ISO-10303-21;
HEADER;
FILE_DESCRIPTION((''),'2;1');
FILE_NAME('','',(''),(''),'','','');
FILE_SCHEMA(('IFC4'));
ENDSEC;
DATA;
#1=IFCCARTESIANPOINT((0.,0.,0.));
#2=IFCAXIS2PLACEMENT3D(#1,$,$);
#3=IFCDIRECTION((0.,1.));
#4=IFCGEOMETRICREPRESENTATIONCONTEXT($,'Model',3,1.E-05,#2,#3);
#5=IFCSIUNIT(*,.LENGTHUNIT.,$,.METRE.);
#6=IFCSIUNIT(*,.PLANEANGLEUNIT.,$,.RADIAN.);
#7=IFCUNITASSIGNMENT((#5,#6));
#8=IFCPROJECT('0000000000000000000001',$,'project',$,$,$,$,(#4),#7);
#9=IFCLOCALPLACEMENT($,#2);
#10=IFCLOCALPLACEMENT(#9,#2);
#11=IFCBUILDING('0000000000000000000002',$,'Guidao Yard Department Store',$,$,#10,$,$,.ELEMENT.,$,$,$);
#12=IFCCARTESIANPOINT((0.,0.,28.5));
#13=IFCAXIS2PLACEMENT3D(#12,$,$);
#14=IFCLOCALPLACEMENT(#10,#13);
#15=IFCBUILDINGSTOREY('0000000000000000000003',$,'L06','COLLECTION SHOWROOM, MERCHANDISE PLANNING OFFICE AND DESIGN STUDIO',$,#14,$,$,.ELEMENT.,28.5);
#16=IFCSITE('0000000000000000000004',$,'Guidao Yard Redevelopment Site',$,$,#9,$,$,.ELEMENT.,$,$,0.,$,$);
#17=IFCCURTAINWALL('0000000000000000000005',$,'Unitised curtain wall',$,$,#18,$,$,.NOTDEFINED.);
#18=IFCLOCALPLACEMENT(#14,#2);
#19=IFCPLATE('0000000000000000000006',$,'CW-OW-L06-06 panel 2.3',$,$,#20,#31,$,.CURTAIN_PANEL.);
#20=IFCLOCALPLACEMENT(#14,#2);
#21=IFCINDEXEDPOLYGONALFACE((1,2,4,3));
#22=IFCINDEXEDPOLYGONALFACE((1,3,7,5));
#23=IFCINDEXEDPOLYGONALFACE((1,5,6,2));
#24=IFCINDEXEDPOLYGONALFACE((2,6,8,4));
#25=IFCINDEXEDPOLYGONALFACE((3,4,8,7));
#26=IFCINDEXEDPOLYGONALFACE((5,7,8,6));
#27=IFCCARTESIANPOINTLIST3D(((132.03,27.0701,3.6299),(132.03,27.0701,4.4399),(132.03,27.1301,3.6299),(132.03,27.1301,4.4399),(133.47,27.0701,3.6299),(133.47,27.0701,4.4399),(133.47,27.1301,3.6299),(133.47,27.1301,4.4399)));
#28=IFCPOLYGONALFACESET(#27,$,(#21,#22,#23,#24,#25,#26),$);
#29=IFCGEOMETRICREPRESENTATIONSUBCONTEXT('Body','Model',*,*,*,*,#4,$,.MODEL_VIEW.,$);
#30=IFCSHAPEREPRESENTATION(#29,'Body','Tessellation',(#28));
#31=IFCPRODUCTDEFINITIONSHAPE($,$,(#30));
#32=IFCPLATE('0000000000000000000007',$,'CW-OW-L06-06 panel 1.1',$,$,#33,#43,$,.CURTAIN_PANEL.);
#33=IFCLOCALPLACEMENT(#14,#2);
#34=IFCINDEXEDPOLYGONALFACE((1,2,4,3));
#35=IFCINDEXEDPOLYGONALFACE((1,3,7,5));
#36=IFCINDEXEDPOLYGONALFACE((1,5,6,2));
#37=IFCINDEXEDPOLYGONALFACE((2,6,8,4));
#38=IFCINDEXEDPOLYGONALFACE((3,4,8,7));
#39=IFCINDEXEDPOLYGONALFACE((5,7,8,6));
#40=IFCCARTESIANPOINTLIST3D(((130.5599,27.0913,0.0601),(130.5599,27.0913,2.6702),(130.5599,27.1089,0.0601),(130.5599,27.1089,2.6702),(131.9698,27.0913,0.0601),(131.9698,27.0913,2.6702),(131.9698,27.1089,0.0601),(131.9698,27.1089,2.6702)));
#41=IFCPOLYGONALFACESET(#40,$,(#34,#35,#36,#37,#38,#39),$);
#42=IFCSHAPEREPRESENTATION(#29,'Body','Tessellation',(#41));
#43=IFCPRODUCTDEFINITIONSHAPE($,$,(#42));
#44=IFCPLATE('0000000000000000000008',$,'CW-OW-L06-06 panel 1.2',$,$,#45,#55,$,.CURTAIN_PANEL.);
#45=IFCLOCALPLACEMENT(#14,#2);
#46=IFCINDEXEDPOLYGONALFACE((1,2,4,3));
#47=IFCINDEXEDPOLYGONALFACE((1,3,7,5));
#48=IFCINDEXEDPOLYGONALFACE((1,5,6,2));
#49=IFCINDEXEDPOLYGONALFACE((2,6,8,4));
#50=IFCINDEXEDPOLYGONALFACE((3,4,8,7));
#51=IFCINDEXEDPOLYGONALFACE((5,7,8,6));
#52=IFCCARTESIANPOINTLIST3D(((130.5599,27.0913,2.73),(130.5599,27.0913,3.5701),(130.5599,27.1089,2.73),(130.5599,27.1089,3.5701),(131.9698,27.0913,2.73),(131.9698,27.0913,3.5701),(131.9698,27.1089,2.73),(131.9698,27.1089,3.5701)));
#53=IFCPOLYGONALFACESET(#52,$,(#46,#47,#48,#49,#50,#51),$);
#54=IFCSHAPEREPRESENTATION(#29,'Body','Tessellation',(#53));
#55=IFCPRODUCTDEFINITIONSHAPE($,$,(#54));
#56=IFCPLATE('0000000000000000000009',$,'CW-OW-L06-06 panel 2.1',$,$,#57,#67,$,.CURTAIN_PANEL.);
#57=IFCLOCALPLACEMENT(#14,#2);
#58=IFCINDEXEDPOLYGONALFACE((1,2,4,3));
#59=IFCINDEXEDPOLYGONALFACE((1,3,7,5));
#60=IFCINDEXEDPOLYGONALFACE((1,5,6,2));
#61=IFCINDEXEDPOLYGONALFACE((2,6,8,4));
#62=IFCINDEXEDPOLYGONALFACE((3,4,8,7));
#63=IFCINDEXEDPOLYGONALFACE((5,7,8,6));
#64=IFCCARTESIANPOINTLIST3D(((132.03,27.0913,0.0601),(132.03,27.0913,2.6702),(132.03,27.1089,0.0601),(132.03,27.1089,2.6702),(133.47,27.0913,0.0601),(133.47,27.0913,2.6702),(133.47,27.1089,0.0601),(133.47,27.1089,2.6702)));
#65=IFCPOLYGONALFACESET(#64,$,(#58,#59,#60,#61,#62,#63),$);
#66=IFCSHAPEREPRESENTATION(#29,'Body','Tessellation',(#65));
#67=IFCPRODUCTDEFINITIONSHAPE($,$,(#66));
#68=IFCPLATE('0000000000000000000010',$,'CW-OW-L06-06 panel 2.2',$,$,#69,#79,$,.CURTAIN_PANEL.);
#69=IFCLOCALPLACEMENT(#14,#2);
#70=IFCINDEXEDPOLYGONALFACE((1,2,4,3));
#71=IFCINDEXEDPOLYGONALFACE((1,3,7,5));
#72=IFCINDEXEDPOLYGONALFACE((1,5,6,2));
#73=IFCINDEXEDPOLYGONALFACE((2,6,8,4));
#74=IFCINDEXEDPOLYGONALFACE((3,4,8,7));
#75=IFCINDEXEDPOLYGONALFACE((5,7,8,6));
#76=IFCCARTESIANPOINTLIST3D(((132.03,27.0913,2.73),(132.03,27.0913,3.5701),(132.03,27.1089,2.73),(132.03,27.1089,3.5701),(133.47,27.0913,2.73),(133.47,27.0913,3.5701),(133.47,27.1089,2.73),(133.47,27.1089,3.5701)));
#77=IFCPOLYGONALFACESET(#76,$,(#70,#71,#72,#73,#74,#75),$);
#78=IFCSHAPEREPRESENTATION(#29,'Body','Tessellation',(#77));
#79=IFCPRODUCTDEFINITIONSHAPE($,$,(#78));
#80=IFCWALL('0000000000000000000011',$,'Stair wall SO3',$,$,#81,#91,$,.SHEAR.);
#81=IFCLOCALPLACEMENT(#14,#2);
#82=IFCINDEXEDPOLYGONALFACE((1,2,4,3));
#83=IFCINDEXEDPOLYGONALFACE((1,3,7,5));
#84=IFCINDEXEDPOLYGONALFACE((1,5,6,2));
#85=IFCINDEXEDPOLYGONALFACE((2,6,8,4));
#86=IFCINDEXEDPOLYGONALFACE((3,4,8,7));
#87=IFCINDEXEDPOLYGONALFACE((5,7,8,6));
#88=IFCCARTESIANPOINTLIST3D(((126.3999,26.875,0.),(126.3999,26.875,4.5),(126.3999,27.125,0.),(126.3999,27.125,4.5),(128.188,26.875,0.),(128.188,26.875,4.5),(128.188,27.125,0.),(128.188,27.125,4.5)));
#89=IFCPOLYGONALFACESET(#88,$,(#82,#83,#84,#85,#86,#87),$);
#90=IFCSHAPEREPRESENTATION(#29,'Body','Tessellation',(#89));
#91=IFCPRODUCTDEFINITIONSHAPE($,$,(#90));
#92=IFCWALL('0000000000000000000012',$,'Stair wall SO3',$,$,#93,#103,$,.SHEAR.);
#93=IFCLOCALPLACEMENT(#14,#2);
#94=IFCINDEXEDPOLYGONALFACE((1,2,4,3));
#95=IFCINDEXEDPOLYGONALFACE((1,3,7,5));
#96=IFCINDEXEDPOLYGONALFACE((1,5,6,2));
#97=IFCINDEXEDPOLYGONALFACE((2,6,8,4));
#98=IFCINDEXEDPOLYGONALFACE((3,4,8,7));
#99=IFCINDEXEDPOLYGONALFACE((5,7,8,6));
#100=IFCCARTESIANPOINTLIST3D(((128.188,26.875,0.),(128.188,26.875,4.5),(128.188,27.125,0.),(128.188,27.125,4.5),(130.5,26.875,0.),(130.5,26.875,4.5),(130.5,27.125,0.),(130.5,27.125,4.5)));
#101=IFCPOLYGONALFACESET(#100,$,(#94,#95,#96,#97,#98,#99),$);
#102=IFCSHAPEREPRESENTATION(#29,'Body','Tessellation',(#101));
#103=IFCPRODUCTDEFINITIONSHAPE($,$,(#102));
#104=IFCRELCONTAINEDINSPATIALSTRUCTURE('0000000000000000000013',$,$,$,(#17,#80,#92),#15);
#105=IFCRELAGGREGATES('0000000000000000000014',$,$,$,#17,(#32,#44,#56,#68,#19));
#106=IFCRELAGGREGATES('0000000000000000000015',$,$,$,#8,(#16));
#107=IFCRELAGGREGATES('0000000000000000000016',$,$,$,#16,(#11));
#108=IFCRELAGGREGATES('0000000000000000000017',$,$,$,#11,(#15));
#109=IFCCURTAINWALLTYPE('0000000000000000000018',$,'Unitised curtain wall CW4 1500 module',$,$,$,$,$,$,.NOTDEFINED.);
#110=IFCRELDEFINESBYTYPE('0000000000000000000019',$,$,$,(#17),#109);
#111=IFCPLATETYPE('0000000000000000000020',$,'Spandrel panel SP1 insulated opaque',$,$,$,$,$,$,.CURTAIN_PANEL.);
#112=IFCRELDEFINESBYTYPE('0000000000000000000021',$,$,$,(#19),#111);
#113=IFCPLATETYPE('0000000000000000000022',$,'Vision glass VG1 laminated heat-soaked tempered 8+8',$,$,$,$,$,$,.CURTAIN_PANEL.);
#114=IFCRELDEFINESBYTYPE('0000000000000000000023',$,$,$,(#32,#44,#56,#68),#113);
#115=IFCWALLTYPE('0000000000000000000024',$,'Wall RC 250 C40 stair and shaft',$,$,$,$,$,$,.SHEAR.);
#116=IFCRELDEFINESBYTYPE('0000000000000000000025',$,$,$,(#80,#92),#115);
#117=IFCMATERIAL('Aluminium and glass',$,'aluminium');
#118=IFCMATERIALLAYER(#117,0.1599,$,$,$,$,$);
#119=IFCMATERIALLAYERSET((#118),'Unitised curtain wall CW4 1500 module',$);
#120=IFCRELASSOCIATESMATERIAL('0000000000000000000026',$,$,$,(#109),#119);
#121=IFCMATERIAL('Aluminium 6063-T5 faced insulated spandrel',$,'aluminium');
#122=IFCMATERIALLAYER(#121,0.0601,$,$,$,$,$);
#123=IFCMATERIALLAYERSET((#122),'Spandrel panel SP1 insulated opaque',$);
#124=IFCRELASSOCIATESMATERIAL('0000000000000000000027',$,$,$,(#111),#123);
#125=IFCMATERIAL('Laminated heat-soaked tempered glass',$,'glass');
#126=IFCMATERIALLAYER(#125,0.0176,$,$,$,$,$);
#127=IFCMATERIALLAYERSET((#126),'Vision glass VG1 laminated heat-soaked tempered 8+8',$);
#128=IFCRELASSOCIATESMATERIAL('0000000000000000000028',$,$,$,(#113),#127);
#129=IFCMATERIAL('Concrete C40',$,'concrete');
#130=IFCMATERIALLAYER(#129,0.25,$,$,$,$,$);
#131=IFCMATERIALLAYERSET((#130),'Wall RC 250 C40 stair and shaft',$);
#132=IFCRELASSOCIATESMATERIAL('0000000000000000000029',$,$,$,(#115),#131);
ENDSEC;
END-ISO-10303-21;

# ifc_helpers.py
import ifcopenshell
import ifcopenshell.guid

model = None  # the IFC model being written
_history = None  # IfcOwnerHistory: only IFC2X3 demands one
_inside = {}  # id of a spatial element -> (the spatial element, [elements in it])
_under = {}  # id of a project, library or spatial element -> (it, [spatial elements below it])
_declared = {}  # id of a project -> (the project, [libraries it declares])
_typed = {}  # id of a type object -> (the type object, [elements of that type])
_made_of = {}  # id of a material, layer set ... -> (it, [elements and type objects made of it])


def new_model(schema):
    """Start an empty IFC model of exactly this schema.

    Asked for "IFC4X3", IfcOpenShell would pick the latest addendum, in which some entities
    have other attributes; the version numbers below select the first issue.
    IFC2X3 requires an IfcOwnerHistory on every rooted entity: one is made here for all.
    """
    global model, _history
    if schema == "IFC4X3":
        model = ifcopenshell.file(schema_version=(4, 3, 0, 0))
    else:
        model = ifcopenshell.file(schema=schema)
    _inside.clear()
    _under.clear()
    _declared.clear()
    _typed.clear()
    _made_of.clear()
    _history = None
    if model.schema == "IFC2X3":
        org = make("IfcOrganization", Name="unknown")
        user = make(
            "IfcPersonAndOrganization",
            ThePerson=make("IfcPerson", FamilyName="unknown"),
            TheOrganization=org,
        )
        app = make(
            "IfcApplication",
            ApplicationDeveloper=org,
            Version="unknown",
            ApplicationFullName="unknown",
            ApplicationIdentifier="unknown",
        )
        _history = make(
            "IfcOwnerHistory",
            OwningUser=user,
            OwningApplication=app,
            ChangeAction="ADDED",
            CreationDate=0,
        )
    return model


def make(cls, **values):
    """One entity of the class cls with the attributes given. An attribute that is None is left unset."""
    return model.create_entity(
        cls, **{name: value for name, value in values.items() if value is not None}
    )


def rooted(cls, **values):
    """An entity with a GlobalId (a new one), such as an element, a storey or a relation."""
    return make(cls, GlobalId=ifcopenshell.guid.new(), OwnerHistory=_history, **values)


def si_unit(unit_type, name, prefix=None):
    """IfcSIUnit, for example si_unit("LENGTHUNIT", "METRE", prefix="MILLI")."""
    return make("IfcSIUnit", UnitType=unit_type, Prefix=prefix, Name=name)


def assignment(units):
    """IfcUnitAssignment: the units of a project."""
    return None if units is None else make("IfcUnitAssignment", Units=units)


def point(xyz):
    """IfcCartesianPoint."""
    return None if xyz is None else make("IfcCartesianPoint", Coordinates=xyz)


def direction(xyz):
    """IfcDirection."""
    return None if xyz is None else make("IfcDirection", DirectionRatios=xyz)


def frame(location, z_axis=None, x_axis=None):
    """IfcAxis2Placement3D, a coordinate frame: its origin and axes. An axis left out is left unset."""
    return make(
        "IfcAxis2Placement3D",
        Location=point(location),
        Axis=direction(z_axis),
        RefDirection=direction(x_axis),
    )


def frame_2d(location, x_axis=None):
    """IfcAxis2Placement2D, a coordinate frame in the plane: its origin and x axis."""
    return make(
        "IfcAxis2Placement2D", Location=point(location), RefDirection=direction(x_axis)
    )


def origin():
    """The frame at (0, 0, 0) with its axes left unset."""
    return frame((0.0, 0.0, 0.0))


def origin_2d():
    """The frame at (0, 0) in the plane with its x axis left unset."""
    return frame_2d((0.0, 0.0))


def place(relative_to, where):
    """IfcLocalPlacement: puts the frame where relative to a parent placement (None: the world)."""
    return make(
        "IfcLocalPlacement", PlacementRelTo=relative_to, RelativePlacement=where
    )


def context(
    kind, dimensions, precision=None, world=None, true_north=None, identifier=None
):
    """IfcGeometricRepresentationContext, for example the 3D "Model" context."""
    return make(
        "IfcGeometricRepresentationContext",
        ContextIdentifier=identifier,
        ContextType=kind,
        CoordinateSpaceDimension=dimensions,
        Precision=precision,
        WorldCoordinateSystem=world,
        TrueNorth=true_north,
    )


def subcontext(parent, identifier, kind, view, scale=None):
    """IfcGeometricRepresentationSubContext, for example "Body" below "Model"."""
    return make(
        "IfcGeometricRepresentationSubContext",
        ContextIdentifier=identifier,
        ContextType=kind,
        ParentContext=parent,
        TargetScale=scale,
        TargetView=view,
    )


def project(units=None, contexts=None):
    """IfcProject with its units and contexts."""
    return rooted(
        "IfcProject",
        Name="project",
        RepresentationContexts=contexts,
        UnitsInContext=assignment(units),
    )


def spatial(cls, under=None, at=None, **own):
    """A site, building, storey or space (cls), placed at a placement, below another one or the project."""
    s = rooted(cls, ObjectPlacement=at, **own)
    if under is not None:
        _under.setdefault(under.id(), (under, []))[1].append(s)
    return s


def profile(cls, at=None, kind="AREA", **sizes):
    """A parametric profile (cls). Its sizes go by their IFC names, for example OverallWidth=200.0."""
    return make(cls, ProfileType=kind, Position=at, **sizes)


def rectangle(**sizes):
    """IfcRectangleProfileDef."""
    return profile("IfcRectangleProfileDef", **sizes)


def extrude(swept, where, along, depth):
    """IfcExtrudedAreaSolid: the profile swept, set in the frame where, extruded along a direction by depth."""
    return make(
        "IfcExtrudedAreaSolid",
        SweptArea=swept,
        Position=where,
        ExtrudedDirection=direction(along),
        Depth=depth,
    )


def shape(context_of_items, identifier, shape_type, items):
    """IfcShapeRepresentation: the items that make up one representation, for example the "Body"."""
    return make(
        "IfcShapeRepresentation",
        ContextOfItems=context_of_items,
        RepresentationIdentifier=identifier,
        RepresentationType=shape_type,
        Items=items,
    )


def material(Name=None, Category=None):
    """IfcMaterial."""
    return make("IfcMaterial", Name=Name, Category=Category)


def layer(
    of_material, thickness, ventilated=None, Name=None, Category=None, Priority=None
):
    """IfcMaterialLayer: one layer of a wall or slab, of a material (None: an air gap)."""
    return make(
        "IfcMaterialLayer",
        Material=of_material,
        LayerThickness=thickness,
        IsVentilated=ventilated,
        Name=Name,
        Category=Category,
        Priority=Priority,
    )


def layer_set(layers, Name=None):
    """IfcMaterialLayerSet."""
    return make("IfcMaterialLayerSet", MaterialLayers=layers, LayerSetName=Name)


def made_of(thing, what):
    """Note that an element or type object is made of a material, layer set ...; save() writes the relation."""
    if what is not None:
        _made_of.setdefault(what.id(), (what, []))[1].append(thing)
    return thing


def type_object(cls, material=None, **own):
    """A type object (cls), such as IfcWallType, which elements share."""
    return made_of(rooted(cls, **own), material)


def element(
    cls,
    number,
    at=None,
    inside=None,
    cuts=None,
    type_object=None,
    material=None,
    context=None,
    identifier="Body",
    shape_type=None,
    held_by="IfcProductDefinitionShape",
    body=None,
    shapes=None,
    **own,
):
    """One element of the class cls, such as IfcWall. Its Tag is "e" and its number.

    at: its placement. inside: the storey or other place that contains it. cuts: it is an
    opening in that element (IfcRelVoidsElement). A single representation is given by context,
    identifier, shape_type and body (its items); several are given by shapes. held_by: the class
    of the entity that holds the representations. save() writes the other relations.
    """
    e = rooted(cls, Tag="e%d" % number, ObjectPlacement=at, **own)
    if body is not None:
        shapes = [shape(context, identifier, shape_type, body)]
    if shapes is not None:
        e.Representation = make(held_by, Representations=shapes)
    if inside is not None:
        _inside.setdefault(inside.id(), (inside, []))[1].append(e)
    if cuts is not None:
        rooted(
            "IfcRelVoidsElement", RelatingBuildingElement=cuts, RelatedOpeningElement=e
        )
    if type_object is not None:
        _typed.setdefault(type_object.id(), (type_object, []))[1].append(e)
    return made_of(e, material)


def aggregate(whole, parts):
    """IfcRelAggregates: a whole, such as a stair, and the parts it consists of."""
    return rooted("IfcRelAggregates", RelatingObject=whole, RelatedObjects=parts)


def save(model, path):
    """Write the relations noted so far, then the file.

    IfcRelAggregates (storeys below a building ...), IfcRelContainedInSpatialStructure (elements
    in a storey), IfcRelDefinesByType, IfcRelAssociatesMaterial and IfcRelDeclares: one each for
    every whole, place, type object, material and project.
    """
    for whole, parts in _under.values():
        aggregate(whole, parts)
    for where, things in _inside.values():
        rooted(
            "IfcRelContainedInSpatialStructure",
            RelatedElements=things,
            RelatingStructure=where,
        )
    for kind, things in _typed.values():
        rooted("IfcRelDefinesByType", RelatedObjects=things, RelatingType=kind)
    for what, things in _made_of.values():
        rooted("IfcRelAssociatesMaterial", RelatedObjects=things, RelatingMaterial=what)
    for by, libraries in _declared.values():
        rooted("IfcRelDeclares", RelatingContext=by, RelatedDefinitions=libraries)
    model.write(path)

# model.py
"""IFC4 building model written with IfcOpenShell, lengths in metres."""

from ifc_helpers import new_model, si_unit, direction, frame, frame_2d, origin, origin_2d, place, context, subcontext, project, spatial, rectangle, extrude, material, layer, layer_set, type_object, element, aggregate, save


model = new_model("IFC4")

# Units and contexts
model_context = context("Model", 3, precision=1e-05, world=origin(), true_north=direction((0.0, 1.0)))
body_context = subcontext(model_context, "Body", "Model", "MODEL_VIEW")
ifc_project = project(units=[si_unit("LENGTHUNIT", "METRE"), si_unit("PLANEANGLEUNIT", "RADIAN")], contexts=[model_context])

# Site, building, storey
site_placement = place(None, origin())
site = spatial("IfcSite", under=ifc_project, at=site_placement, Name="Guidao Yard Redevelopment Site", CompositionType="ELEMENT", RefElevation=0.0)
building_placement = place(site_placement, origin())
building = spatial("IfcBuilding", under=site, at=building_placement, Name="Guidao Yard Department Store", CompositionType="ELEMENT")
storey_placement = place(building_placement, frame((0.0, 0.0, 28.5)))
storey = spatial("IfcBuildingStorey", under=building, at=storey_placement, Name="L06", Description="COLLECTION SHOWROOM, MERCHANDISE PLANNING OFFICE AND DESIGN STUDIO", CompositionType="ELEMENT", Elevation=28.5)

# Curtain wall, plates
ifc_material_1 = material(Name="Aluminium and glass", Category="aluminium")
ifc_layer_1 = layer(ifc_material_1, 0.1599)
ifc_layer_set_1 = layer_set([ifc_layer_1], Name="Unitised curtain wall CW4 1500 module")
curtain_wall_type = type_object("IfcCurtainWallType", Name="Unitised curtain wall CW4 1500 module", PredefinedType="NOTDEFINED", material=ifc_layer_set_1)
curtain_wall_placement = place(storey_placement, origin())
curtain_wall = element("IfcCurtainWall", 1, at=curtain_wall_placement, inside=storey, type_object=curtain_wall_type, Name="Unitised curtain wall", PredefinedType="NOTDEFINED")
ifc_material_2 = material(Name="Aluminium 6063-T5 faced insulated spandrel", Category="aluminium")
ifc_layer_2 = layer(ifc_material_2, 0.0601)
ifc_layer_set_2 = layer_set([ifc_layer_2], Name="Spandrel panel SP1 insulated opaque")
plate_type_1 = type_object("IfcPlateType", Name="Spandrel panel SP1 insulated opaque", PredefinedType="CURTAIN_PANEL", material=ifc_layer_set_2)
plate_1_placement = place(storey_placement, frame((132.75, 27.1001, 3.6299), z_axis=(0.0, 0.0, 1.0), x_axis=(1.0, 0.0, 0.0)))
plate_1 = element("IfcPlate", 2, at=plate_1_placement, type_object=plate_type_1, Name="CW-OW-L06-06 panel 2.3", PredefinedType="CURTAIN_PANEL", context=body_context, shape_type="SweptSolid", body=[
    extrude(rectangle(XDim=1.4399, YDim=0.0601, at=origin_2d()), origin(), (0.0, 0.0, 1.0), 0.8101),
])
ifc_material_3 = material(Name="Laminated heat-soaked tempered glass", Category="glass")
ifc_layer_3 = layer(ifc_material_3, 0.0176)
ifc_layer_set_3 = layer_set([ifc_layer_3], Name="Vision glass VG1 laminated heat-soaked tempered 8+8")
plate_type_2 = type_object("IfcPlateType", Name="Vision glass VG1 laminated heat-soaked tempered 8+8", PredefinedType="CURTAIN_PANEL", material=ifc_layer_set_3)
plate_2_placement = place(storey_placement, frame((131.2649, 27.1001, 0.0601), z_axis=(0.0, 0.0, 1.0), x_axis=(1.0, 0.0, 0.0)))
plate_2 = element("IfcPlate", 3, at=plate_2_placement, type_object=plate_type_2, Name="CW-OW-L06-06 panel 1.1", PredefinedType="CURTAIN_PANEL", context=body_context, shape_type="SweptSolid", body=[
    extrude(rectangle(XDim=1.4099, YDim=0.0176, at=origin_2d()), origin(), (0.0, 0.0, 1.0), 2.6101),
])
plate_3_placement = place(storey_placement, frame((131.2649, 27.1001, 2.73), z_axis=(0.0, 0.0, 1.0), x_axis=(1.0, 0.0, 0.0)))
plate_3 = element("IfcPlate", 4, at=plate_3_placement, type_object=plate_type_2, Name="CW-OW-L06-06 panel 1.2", PredefinedType="CURTAIN_PANEL", context=body_context, shape_type="SweptSolid", body=[
    extrude(rectangle(XDim=1.4099, YDim=0.0176, at=origin_2d()), origin(), (0.0, 0.0, 1.0), 0.8401),
])
plate_4_placement = place(storey_placement, frame((132.75, 27.1001, 0.0601), z_axis=(0.0, 0.0, 1.0), x_axis=(1.0, 0.0, 0.0)))
plate_4 = element("IfcPlate", 5, at=plate_4_placement, type_object=plate_type_2, Name="CW-OW-L06-06 panel 2.1", PredefinedType="CURTAIN_PANEL", context=body_context, shape_type="SweptSolid", body=[
    extrude(rectangle(XDim=1.4399, YDim=0.0176, at=origin_2d()), origin(), (0.0, 0.0, 1.0), 2.6101),
])
plate_5_placement = place(storey_placement, frame((132.75, 27.1001, 2.73), z_axis=(0.0, 0.0, 1.0), x_axis=(1.0, 0.0, 0.0)))
plate_5 = element("IfcPlate", 6, at=plate_5_placement, type_object=plate_type_2, Name="CW-OW-L06-06 panel 2.2", PredefinedType="CURTAIN_PANEL", context=body_context, shape_type="SweptSolid", body=[
    extrude(rectangle(XDim=1.4399, YDim=0.0176, at=origin_2d()), origin(), (0.0, 0.0, 1.0), 0.8401),
])
aggregate(curtain_wall, [plate_2, plate_3, plate_4, plate_5, plate_1])

# Walls
ifc_material_4 = material(Name="Concrete C40", Category="concrete")
ifc_layer_4 = layer(ifc_material_4, 0.25)
ifc_layer_set_4 = layer_set([ifc_layer_4], Name="Wall RC 250 C40 stair and shaft")
wall_type = type_object("IfcWallType", Name="Wall RC 250 C40 stair and shaft", PredefinedType="SHEAR", material=ifc_layer_set_4)
wall_1_placement = place(storey_placement, frame((126.3999, 27.0, 0.0), z_axis=(0.0, 0.0, 1.0), x_axis=(1.0, 0.0, 0.0)))
element("IfcWall", 7, at=wall_1_placement, inside=storey, type_object=wall_type, Name="Stair wall SO3", PredefinedType="SHEAR", context=body_context, shape_type="SweptSolid", body=[
    extrude(rectangle(XDim=1.7881, YDim=0.25, at=frame_2d((0.894, 0.0))), origin(), (0.0, 0.0, 1.0), 4.5),
])
wall_2_placement = place(storey_placement, frame((128.188, 27.0, 0.0), z_axis=(0.0, 0.0, 1.0), x_axis=(1.0, 0.0, 0.0)))
element("IfcWall", 8, at=wall_2_placement, inside=storey, type_object=wall_type, Name="Stair wall SO3", PredefinedType="SHEAR", context=body_context, shape_type="SweptSolid", body=[
    extrude(rectangle(XDim=2.312, YDim=0.25, at=frame_2d((1.156, 0.0))), origin(), (0.0, 0.0, 1.0), 4.5),
])

save(model, "model.ifc")
